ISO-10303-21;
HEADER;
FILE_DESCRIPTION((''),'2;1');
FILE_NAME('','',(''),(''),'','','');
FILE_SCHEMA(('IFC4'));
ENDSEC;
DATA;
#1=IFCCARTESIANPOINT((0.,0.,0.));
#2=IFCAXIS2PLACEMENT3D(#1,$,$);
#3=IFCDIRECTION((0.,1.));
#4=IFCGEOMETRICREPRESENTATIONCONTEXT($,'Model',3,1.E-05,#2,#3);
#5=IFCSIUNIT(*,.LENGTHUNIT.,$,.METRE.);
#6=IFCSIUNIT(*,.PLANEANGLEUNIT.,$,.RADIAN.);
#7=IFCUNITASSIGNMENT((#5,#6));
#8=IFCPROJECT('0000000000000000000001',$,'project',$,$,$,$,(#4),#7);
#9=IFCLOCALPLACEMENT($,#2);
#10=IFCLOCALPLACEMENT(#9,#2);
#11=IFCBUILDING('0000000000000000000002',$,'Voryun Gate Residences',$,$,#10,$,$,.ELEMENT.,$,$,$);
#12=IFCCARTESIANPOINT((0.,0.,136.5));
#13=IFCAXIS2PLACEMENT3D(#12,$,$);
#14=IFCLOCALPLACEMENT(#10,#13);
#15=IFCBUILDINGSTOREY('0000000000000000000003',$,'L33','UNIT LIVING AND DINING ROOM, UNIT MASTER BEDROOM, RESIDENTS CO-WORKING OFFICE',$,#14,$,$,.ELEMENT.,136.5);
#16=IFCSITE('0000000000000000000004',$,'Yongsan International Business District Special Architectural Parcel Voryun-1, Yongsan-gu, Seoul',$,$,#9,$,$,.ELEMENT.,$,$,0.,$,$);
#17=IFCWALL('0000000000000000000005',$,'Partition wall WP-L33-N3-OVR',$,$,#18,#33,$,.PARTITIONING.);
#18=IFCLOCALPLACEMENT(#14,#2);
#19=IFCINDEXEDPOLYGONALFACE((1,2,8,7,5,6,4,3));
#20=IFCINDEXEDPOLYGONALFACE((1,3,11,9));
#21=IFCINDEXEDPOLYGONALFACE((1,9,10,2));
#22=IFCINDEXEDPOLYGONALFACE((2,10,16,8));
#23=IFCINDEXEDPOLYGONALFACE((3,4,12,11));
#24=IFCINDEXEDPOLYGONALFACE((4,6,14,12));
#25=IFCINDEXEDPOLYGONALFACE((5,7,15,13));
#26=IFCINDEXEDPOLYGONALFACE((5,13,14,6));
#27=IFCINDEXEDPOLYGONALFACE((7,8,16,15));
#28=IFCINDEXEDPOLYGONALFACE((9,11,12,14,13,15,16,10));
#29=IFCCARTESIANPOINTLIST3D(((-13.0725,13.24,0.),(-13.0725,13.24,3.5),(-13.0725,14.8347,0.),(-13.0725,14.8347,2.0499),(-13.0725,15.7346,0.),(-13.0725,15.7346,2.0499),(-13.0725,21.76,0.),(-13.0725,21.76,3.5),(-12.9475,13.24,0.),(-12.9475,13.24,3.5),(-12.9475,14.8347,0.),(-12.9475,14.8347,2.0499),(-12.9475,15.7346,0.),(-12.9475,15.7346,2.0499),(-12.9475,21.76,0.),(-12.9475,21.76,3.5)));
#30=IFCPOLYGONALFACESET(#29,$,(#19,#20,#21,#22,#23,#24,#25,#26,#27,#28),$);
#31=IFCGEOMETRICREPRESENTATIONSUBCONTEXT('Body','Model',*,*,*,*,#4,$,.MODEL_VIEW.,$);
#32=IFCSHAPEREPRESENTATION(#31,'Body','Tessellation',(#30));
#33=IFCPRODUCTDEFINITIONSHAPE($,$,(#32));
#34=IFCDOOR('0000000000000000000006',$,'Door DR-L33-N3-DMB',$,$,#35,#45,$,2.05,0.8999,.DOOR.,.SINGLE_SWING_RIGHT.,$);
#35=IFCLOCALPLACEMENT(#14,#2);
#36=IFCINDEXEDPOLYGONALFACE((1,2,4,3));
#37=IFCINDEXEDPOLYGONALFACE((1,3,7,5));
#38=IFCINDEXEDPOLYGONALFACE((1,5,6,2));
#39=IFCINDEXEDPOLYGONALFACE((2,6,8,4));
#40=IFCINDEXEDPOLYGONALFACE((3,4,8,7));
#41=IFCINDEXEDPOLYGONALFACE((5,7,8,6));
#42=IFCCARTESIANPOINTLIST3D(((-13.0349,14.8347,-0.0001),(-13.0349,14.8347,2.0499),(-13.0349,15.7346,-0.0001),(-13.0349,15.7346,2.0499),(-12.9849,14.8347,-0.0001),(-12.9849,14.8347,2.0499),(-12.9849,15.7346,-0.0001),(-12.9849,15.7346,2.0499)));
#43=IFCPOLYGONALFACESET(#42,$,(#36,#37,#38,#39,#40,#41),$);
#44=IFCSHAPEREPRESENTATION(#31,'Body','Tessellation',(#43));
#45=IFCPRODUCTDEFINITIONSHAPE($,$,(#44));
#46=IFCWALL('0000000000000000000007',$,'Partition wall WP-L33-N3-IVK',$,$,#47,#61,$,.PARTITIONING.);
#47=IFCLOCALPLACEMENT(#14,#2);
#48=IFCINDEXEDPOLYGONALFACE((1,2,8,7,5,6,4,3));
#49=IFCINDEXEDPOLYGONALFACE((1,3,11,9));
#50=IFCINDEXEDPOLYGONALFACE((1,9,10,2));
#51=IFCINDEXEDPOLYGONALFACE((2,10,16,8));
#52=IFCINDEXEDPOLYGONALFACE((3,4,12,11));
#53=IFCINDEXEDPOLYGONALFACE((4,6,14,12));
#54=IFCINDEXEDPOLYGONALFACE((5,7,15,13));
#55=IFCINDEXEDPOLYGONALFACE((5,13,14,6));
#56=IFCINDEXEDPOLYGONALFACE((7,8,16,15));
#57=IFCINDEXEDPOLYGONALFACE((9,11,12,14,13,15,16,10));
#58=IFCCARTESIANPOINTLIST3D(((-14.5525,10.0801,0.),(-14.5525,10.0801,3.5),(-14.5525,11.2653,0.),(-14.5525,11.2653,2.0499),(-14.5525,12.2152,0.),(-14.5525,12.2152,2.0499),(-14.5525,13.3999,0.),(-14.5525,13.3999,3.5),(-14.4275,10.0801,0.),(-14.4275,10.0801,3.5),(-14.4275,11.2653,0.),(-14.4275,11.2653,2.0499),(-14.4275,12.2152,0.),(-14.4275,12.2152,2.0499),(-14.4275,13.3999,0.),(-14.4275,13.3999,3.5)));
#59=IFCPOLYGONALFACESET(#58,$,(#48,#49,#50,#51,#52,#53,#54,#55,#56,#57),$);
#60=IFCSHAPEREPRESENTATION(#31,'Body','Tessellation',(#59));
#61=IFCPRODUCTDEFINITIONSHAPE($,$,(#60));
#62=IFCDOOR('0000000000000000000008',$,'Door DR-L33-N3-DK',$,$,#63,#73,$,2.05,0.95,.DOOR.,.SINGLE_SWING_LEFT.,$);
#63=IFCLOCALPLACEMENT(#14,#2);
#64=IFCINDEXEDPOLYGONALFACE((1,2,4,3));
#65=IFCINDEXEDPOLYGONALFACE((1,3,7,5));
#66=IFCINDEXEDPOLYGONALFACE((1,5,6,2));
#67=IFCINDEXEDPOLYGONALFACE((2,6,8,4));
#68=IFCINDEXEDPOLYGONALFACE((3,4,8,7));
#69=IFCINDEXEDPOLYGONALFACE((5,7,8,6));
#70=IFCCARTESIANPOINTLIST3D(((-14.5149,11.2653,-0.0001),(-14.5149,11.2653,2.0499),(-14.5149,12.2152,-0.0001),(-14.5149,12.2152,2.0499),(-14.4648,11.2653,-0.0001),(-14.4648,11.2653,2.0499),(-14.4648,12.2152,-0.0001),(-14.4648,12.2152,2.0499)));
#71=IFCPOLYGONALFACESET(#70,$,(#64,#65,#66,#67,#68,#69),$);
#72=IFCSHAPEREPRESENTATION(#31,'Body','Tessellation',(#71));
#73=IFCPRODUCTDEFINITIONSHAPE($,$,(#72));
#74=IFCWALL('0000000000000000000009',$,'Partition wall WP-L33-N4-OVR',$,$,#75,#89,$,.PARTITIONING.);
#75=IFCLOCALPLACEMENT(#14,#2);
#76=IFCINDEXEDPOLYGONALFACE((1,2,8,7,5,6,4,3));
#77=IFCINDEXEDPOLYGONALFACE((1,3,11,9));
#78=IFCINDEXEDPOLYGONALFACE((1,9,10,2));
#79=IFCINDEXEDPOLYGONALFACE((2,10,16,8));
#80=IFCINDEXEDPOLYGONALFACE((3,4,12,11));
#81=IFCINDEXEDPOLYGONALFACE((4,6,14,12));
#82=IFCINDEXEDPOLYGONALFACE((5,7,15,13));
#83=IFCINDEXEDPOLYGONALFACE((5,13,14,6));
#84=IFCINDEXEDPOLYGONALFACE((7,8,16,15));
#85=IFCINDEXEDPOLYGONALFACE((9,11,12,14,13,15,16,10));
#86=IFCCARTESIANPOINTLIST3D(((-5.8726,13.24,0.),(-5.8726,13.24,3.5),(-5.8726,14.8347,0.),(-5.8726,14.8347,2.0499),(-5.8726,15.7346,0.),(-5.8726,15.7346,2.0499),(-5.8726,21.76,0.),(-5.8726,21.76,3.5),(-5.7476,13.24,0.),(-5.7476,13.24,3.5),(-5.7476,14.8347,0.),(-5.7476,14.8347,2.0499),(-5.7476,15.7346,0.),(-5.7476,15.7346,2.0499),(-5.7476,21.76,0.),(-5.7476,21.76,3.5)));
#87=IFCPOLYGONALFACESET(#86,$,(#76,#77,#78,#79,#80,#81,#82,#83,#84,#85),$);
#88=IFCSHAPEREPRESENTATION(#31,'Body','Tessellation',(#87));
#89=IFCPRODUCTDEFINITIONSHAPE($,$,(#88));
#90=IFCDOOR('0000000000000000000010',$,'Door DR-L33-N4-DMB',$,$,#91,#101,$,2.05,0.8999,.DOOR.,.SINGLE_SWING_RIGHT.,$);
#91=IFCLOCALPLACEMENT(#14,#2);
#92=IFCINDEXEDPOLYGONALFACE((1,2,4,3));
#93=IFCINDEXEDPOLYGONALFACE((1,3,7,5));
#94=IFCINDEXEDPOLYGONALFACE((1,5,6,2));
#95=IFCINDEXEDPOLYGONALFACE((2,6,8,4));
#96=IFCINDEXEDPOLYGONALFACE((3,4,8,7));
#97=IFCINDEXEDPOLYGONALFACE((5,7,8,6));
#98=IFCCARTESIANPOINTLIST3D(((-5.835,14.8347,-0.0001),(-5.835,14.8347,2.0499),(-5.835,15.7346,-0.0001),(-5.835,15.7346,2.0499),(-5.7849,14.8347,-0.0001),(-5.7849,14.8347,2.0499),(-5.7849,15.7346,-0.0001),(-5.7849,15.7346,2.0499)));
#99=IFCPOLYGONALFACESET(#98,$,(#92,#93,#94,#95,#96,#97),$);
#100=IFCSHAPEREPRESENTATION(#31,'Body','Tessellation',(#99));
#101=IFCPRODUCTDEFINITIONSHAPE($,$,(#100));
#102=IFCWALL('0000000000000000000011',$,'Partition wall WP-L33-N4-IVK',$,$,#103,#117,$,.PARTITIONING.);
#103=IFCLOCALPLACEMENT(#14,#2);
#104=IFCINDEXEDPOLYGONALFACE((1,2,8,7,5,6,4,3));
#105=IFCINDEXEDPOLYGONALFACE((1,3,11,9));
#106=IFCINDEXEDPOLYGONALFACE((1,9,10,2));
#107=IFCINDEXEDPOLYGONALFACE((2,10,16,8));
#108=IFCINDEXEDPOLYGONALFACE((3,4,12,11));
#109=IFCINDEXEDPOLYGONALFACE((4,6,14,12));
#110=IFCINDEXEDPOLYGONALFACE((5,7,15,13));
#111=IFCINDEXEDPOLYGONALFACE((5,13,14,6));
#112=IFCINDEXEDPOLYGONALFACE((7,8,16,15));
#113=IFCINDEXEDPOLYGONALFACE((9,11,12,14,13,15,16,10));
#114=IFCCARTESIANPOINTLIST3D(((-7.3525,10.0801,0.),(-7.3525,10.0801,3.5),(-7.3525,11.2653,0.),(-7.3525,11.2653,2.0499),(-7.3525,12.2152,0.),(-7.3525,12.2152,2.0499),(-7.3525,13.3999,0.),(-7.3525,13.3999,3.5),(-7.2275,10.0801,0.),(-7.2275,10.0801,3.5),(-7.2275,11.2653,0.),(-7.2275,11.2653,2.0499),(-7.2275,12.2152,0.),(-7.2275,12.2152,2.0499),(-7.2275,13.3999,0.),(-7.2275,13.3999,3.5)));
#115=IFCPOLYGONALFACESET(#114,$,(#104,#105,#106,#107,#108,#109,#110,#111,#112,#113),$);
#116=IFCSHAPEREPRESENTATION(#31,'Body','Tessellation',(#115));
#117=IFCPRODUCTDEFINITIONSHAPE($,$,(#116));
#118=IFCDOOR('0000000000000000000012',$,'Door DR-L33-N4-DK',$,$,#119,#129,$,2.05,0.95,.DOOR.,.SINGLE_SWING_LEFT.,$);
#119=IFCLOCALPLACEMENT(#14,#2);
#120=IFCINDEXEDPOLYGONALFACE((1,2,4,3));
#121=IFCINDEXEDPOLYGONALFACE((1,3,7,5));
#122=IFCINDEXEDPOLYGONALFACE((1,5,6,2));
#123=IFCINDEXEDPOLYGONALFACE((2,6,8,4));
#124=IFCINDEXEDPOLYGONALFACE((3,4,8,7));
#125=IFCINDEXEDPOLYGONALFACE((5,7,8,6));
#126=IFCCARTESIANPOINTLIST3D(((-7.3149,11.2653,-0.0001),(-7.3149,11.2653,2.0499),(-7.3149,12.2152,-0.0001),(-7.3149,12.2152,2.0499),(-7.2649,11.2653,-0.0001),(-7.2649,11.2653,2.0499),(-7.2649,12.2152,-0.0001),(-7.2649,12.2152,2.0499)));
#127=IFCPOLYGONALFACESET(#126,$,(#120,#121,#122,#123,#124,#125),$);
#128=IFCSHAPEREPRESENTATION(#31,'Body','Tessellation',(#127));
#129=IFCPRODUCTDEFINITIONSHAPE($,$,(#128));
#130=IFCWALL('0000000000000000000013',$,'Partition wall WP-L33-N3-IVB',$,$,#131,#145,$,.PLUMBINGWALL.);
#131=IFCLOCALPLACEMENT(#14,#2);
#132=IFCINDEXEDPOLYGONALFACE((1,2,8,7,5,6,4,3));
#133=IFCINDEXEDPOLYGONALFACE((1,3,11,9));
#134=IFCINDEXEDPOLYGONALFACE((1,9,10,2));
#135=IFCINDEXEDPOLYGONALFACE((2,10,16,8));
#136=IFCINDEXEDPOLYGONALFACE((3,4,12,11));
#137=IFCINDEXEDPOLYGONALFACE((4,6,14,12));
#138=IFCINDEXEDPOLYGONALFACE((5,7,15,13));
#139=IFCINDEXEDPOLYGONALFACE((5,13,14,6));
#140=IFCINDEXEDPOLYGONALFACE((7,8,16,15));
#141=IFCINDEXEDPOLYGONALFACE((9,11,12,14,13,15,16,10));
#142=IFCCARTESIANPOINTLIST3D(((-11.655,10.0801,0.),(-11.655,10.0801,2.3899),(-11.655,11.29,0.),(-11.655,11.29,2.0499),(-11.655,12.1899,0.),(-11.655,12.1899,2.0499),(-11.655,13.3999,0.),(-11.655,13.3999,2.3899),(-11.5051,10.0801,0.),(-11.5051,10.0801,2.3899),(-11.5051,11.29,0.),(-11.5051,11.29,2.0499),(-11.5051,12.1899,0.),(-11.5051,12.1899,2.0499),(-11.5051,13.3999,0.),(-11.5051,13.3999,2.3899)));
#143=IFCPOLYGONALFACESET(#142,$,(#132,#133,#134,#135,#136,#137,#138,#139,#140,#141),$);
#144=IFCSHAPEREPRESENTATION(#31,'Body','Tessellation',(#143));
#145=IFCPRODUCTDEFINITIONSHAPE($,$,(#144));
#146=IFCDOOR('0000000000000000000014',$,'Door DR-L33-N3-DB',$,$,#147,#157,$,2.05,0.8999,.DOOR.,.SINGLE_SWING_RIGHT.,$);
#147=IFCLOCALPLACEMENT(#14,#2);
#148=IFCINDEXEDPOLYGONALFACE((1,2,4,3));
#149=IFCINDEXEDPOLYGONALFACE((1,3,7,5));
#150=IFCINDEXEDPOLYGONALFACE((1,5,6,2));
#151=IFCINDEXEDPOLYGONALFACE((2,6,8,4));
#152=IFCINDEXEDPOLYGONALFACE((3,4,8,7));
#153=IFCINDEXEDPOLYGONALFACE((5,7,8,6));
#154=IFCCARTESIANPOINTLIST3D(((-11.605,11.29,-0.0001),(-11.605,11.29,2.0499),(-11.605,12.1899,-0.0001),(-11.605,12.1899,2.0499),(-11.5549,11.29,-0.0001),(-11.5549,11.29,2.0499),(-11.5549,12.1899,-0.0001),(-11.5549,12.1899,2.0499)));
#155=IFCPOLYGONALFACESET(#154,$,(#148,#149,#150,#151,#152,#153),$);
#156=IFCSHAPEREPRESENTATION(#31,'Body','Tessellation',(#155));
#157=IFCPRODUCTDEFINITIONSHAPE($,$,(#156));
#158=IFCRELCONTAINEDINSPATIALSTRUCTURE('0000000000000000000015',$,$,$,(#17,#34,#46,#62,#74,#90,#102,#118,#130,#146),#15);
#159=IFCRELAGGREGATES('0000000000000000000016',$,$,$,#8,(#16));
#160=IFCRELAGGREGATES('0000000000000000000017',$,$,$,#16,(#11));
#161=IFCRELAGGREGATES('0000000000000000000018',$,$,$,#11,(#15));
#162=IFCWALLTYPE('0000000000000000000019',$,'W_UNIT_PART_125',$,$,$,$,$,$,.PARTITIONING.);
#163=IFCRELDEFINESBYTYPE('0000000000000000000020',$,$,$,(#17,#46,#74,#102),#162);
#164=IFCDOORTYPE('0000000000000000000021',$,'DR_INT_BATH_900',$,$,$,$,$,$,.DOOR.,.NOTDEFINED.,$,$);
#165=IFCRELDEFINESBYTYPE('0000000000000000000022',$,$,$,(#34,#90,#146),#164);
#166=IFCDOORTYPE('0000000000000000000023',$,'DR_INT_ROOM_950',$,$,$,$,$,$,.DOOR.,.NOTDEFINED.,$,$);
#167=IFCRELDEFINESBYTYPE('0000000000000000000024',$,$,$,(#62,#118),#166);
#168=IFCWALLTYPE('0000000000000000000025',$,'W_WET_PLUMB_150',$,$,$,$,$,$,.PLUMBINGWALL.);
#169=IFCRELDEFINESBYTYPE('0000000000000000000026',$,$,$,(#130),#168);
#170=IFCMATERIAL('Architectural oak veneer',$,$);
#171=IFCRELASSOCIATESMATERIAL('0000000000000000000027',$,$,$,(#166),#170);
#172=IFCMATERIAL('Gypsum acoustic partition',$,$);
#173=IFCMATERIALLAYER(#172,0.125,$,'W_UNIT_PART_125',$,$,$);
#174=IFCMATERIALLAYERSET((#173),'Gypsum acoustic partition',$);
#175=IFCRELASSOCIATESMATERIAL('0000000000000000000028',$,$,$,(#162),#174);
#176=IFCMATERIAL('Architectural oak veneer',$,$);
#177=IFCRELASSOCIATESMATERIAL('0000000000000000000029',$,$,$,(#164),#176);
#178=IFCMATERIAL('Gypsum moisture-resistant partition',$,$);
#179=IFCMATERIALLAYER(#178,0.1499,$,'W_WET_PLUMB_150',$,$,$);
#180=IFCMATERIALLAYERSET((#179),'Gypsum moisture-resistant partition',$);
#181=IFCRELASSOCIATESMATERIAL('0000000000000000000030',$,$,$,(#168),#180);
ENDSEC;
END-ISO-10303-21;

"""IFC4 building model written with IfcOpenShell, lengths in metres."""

from ifc_helpers import new_model, si_unit, direction, frame, frame_2d, origin, place, context, subcontext, project, spatial, rectangle, extrude, material, layer, layer_set, type_object, element, fill, save


model = new_model("IFC4")

# Units and contexts
model_context = context("Model", 3, precision=1e-05, world=origin(), true_north=direction((0.0, 1.0)))
body_context = subcontext(model_context, "Body", "Model", "MODEL_VIEW")
ifc_project = project(units=[si_unit("LENGTHUNIT", "METRE"), si_unit("PLANEANGLEUNIT", "RADIAN")], contexts=[model_context])

# Site, building, storey
site_placement = place(None, origin())
site = spatial("IfcSite", under=ifc_project, at=site_placement, Name="Yongsan International Business District Special Architectural Parcel Voryun-1, Yongsan-gu, Seoul", CompositionType="ELEMENT", RefElevation=0.0)
building_placement = place(site_placement, origin())
building = spatial("IfcBuilding", under=site, at=building_placement, Name="Voryun Gate Residences", CompositionType="ELEMENT")
storey_placement = place(building_placement, frame((0.0, 0.0, 136.5)))
storey = spatial("IfcBuildingStorey", under=building, at=storey_placement, Name="L33", Description="UNIT LIVING AND DINING ROOM, UNIT MASTER BEDROOM, RESIDENTS CO-WORKING OFFICE", CompositionType="ELEMENT", Elevation=136.5)

# Shared definitions
ifc_material_1 = material(Name="Architectural oak veneer")
door_type_1 = type_object("IfcDoorType", Name="DR_INT_ROOM_950", OperationType="NOTDEFINED", PredefinedType="DOOR", material=ifc_material_1)

# Walls, openings, doors
ifc_material_2 = material(Name="Gypsum acoustic partition")
ifc_layer_1 = layer(ifc_material_2, 0.125, Name="W_UNIT_PART_125")
ifc_layer_set_1 = layer_set([ifc_layer_1], Name="Gypsum acoustic partition")
wall_type_1 = type_object("IfcWallType", Name="W_UNIT_PART_125", PredefinedType="PARTITIONING", material=ifc_layer_set_1)
wall_1_placement = place(storey_placement, frame((-13.01, 13.24, 0.0), z_axis=(0.0, 0.0, 1.0), x_axis=(0.0, 1.0, 0.0)))
wall_1 = element("IfcWall", 1, at=wall_1_placement, inside=storey, type_object=wall_type_1, Name="Partition wall WP-L33-N3-OVR", PredefinedType="PARTITIONING", context=body_context, shape_type="SweptSolid", body=[
    extrude(rectangle(XDim=8.52, YDim=0.125, at=frame_2d((4.26, 0.0))), origin(), (0.0, 0.0, 1.0), 3.5),
])
opening_1_placement = place(wall_1_placement, frame((1.5947, 0.0, 0.0)))
opening_1 = element("IfcOpeningElement", 2, at=opening_1_placement, cuts=wall_1, PredefinedType="OPENING", context=body_context, shape_type="SweptSolid", body=[
    extrude(rectangle(XDim=0.8999, YDim=2.05, at=frame_2d((0.45, 1.0249))), frame((0.0, 0.0725, 0.0), z_axis=(0.0, -1.0, 0.0), x_axis=(1.0, 0.0, 0.0)), (0.0, 0.0, 1.0), 0.145),
])
ifc_material_3 = material(Name="Architectural oak veneer")
door_type_2 = type_object("IfcDoorType", Name="DR_INT_BATH_900", OperationType="NOTDEFINED", PredefinedType="DOOR", material=ifc_material_3)
door_1_placement = place(opening_1_placement, origin())
door_1 = element("IfcDoor", 3, at=door_1_placement, inside=storey, type_object=door_type_2, Name="Door DR-L33-N3-DMB", OperationType="SINGLE_SWING_RIGHT", OverallHeight=2.05, OverallWidth=0.8999, PredefinedType="DOOR", context=body_context, shape_type="SweptSolid", body=[
    extrude(rectangle(XDim=0.8999, YDim=2.05, at=frame_2d((0.45, 1.0249))), frame((0.0, 0.0249, 0.0), z_axis=(0.0, -1.0, 0.0), x_axis=(1.0, 0.0, 0.0)), (0.0, 0.0, 1.0), 0.05),
])
fill(opening_1, door_1)
wall_2_placement = place(storey_placement, frame((-14.49, 10.0801, 0.0), z_axis=(0.0, 0.0, 1.0), x_axis=(0.0, 1.0, 0.0)))
wall_2 = element("IfcWall", 4, at=wall_2_placement, inside=storey, type_object=wall_type_1, Name="Partition wall WP-L33-N3-IVK", PredefinedType="PARTITIONING", context=body_context, shape_type="SweptSolid", body=[
    extrude(rectangle(XDim=3.3198, YDim=0.125, at=frame_2d((1.6599, 0.0))), origin(), (0.0, 0.0, 1.0), 3.5),
])
opening_2_placement = place(wall_2_placement, frame((1.1851, 0.0, 0.0)))
opening_2 = element("IfcOpeningElement", 5, at=opening_2_placement, cuts=wall_2, PredefinedType="OPENING", context=body_context, shape_type="SweptSolid", body=[
    extrude(rectangle(XDim=0.95, YDim=2.05, at=frame_2d((0.4751, 1.0249))), frame((0.0, 0.0725, 0.0), z_axis=(0.0, -1.0, 0.0), x_axis=(1.0, 0.0, 0.0)), (0.0, 0.0, 1.0), 0.145),
])
door_2_placement = place(opening_2_placement, origin())
door_2 = element("IfcDoor", 6, at=door_2_placement, inside=storey, type_object=door_type_1, Name="Door DR-L33-N3-DK", OperationType="SINGLE_SWING_LEFT", OverallHeight=2.05, OverallWidth=0.95, PredefinedType="DOOR", context=body_context, shape_type="SweptSolid", body=[
    extrude(rectangle(XDim=0.95, YDim=2.05, at=frame_2d((0.4751, 1.0249))), frame((0.0, 0.0249, 0.0), z_axis=(0.0, -1.0, 0.0), x_axis=(1.0, 0.0, 0.0)), (0.0, 0.0, 1.0), 0.05),
])
fill(opening_2, door_2)
wall_3_placement = place(storey_placement, frame((-5.8101, 13.24, 0.0), z_axis=(0.0, 0.0, 1.0), x_axis=(0.0, 1.0, 0.0)))
wall_3 = element("IfcWall", 7, at=wall_3_placement, inside=storey, type_object=wall_type_1, Name="Partition wall WP-L33-N4-OVR", PredefinedType="PARTITIONING", context=body_context, shape_type="SweptSolid", body=[
    extrude(rectangle(XDim=8.52, YDim=0.125, at=frame_2d((4.26, 0.0))), origin(), (0.0, 0.0, 1.0), 3.5),
])
opening_3_placement = place(wall_3_placement, frame((1.5947, 0.0, 0.0)))
opening_3 = element("IfcOpeningElement", 8, at=opening_3_placement, cuts=wall_3, PredefinedType="OPENING", context=body_context, shape_type="SweptSolid", body=[
    extrude(rectangle(XDim=0.8999, YDim=2.05, at=frame_2d((0.45, 1.0249))), frame((0.0, 0.0725, 0.0), z_axis=(0.0, -1.0, 0.0), x_axis=(1.0, 0.0, 0.0)), (0.0, 0.0, 1.0), 0.145),
])
door_3_placement = place(opening_3_placement, origin())
door_3 = element("IfcDoor", 9, at=door_3_placement, inside=storey, type_object=door_type_2, Name="Door DR-L33-N4-DMB", OperationType="SINGLE_SWING_RIGHT", OverallHeight=2.05, OverallWidth=0.8999, PredefinedType="DOOR", context=body_context, shape_type="SweptSolid", body=[
    extrude(rectangle(XDim=0.8999, YDim=2.05, at=frame_2d((0.45, 1.0249))), frame((0.0, 0.0249, 0.0), z_axis=(0.0, -1.0, 0.0), x_axis=(1.0, 0.0, 0.0)), (0.0, 0.0, 1.0), 0.05),
])
fill(opening_3, door_3)
wall_4_placement = place(storey_placement, frame((-7.29, 10.0801, 0.0), z_axis=(0.0, 0.0, 1.0), x_axis=(0.0, 1.0, 0.0)))
wall_4 = element("IfcWall", 10, at=wall_4_placement, inside=storey, type_object=wall_type_1, Name="Partition wall WP-L33-N4-IVK", PredefinedType="PARTITIONING", context=body_context, shape_type="SweptSolid", body=[
    extrude(rectangle(XDim=3.3198, YDim=0.125, at=frame_2d((1.6599, 0.0))), origin(), (0.0, 0.0, 1.0), 3.5),
])
opening_4_placement = place(wall_4_placement, frame((1.1851, 0.0, 0.0)))
opening_4 = element("IfcOpeningElement", 11, at=opening_4_placement, cuts=wall_4, PredefinedType="OPENING", context=body_context, shape_type="SweptSolid", body=[
    extrude(rectangle(XDim=0.95, YDim=2.05, at=frame_2d((0.4751, 1.0249))), frame((0.0, 0.0725, 0.0), z_axis=(0.0, -1.0, 0.0), x_axis=(1.0, 0.0, 0.0)), (0.0, 0.0, 1.0), 0.145),
])
door_4_placement = place(opening_4_placement, origin())
door_4 = element("IfcDoor", 12, at=door_4_placement, inside=storey, type_object=door_type_1, Name="Door DR-L33-N4-DK", OperationType="SINGLE_SWING_LEFT", OverallHeight=2.05, OverallWidth=0.95, PredefinedType="DOOR", context=body_context, shape_type="SweptSolid", body=[
    extrude(rectangle(XDim=0.95, YDim=2.05, at=frame_2d((0.4751, 1.0249))), frame((0.0, 0.0249, 0.0), z_axis=(0.0, -1.0, 0.0), x_axis=(1.0, 0.0, 0.0)), (0.0, 0.0, 1.0), 0.05),
])
fill(opening_4, door_4)
ifc_material_4 = material(Name="Gypsum moisture-resistant partition")
ifc_layer_2 = layer(ifc_material_4, 0.1499, Name="W_WET_PLUMB_150")
ifc_layer_set_2 = layer_set([ifc_layer_2], Name="Gypsum moisture-resistant partition")
wall_type_2 = type_object("IfcWallType", Name="W_WET_PLUMB_150", PredefinedType="PLUMBINGWALL", material=ifc_layer_set_2)
wall_5_placement = place(storey_placement, frame((-11.5801, 10.0801, 0.0), z_axis=(0.0, 0.0, 1.0), x_axis=(0.0, 1.0, 0.0)))
wall_5 = element("IfcWall", 13, at=wall_5_placement, inside=storey, type_object=wall_type_2, Name="Partition wall WP-L33-N3-IVB", PredefinedType="PLUMBINGWALL", context=body_context, shape_type="SweptSolid", body=[
    extrude(rectangle(XDim=3.3198, YDim=0.1499, at=frame_2d((1.6599, 0.0))), origin(), (0.0, 0.0, 1.0), 2.3899),
])
opening_5_placement = place(wall_5_placement, frame((1.21, 0.0, 0.0)))
opening_5 = element("IfcOpeningElement", 14, at=opening_5_placement, cuts=wall_5, PredefinedType="OPENING", context=body_context, shape_type="SweptSolid", body=[
    extrude(rectangle(XDim=0.8999, YDim=2.05, at=frame_2d((0.45, 1.0249))), frame((0.0, 0.085, 0.0), z_axis=(0.0, -1.0, 0.0), x_axis=(1.0, 0.0, 0.0)), (0.0, 0.0, 1.0), 0.1699),
])
door_5_placement = place(opening_5_placement, origin())
door_5 = element("IfcDoor", 15, at=door_5_placement, inside=storey, type_object=door_type_2, Name="Door DR-L33-N3-DB", OperationType="SINGLE_SWING_RIGHT", OverallHeight=2.05, OverallWidth=0.8999, PredefinedType="DOOR", context=body_context, shape_type="SweptSolid", body=[
    extrude(rectangle(XDim=0.8999, YDim=2.05, at=frame_2d((0.45, 1.0249))), frame((0.0, 0.0249, 0.0), z_axis=(0.0, -1.0, 0.0), x_axis=(1.0, 0.0, 0.0)), (0.0, 0.0, 1.0), 0.05),
])
fill(opening_5, door_5)

save(model, "model.ifc")
